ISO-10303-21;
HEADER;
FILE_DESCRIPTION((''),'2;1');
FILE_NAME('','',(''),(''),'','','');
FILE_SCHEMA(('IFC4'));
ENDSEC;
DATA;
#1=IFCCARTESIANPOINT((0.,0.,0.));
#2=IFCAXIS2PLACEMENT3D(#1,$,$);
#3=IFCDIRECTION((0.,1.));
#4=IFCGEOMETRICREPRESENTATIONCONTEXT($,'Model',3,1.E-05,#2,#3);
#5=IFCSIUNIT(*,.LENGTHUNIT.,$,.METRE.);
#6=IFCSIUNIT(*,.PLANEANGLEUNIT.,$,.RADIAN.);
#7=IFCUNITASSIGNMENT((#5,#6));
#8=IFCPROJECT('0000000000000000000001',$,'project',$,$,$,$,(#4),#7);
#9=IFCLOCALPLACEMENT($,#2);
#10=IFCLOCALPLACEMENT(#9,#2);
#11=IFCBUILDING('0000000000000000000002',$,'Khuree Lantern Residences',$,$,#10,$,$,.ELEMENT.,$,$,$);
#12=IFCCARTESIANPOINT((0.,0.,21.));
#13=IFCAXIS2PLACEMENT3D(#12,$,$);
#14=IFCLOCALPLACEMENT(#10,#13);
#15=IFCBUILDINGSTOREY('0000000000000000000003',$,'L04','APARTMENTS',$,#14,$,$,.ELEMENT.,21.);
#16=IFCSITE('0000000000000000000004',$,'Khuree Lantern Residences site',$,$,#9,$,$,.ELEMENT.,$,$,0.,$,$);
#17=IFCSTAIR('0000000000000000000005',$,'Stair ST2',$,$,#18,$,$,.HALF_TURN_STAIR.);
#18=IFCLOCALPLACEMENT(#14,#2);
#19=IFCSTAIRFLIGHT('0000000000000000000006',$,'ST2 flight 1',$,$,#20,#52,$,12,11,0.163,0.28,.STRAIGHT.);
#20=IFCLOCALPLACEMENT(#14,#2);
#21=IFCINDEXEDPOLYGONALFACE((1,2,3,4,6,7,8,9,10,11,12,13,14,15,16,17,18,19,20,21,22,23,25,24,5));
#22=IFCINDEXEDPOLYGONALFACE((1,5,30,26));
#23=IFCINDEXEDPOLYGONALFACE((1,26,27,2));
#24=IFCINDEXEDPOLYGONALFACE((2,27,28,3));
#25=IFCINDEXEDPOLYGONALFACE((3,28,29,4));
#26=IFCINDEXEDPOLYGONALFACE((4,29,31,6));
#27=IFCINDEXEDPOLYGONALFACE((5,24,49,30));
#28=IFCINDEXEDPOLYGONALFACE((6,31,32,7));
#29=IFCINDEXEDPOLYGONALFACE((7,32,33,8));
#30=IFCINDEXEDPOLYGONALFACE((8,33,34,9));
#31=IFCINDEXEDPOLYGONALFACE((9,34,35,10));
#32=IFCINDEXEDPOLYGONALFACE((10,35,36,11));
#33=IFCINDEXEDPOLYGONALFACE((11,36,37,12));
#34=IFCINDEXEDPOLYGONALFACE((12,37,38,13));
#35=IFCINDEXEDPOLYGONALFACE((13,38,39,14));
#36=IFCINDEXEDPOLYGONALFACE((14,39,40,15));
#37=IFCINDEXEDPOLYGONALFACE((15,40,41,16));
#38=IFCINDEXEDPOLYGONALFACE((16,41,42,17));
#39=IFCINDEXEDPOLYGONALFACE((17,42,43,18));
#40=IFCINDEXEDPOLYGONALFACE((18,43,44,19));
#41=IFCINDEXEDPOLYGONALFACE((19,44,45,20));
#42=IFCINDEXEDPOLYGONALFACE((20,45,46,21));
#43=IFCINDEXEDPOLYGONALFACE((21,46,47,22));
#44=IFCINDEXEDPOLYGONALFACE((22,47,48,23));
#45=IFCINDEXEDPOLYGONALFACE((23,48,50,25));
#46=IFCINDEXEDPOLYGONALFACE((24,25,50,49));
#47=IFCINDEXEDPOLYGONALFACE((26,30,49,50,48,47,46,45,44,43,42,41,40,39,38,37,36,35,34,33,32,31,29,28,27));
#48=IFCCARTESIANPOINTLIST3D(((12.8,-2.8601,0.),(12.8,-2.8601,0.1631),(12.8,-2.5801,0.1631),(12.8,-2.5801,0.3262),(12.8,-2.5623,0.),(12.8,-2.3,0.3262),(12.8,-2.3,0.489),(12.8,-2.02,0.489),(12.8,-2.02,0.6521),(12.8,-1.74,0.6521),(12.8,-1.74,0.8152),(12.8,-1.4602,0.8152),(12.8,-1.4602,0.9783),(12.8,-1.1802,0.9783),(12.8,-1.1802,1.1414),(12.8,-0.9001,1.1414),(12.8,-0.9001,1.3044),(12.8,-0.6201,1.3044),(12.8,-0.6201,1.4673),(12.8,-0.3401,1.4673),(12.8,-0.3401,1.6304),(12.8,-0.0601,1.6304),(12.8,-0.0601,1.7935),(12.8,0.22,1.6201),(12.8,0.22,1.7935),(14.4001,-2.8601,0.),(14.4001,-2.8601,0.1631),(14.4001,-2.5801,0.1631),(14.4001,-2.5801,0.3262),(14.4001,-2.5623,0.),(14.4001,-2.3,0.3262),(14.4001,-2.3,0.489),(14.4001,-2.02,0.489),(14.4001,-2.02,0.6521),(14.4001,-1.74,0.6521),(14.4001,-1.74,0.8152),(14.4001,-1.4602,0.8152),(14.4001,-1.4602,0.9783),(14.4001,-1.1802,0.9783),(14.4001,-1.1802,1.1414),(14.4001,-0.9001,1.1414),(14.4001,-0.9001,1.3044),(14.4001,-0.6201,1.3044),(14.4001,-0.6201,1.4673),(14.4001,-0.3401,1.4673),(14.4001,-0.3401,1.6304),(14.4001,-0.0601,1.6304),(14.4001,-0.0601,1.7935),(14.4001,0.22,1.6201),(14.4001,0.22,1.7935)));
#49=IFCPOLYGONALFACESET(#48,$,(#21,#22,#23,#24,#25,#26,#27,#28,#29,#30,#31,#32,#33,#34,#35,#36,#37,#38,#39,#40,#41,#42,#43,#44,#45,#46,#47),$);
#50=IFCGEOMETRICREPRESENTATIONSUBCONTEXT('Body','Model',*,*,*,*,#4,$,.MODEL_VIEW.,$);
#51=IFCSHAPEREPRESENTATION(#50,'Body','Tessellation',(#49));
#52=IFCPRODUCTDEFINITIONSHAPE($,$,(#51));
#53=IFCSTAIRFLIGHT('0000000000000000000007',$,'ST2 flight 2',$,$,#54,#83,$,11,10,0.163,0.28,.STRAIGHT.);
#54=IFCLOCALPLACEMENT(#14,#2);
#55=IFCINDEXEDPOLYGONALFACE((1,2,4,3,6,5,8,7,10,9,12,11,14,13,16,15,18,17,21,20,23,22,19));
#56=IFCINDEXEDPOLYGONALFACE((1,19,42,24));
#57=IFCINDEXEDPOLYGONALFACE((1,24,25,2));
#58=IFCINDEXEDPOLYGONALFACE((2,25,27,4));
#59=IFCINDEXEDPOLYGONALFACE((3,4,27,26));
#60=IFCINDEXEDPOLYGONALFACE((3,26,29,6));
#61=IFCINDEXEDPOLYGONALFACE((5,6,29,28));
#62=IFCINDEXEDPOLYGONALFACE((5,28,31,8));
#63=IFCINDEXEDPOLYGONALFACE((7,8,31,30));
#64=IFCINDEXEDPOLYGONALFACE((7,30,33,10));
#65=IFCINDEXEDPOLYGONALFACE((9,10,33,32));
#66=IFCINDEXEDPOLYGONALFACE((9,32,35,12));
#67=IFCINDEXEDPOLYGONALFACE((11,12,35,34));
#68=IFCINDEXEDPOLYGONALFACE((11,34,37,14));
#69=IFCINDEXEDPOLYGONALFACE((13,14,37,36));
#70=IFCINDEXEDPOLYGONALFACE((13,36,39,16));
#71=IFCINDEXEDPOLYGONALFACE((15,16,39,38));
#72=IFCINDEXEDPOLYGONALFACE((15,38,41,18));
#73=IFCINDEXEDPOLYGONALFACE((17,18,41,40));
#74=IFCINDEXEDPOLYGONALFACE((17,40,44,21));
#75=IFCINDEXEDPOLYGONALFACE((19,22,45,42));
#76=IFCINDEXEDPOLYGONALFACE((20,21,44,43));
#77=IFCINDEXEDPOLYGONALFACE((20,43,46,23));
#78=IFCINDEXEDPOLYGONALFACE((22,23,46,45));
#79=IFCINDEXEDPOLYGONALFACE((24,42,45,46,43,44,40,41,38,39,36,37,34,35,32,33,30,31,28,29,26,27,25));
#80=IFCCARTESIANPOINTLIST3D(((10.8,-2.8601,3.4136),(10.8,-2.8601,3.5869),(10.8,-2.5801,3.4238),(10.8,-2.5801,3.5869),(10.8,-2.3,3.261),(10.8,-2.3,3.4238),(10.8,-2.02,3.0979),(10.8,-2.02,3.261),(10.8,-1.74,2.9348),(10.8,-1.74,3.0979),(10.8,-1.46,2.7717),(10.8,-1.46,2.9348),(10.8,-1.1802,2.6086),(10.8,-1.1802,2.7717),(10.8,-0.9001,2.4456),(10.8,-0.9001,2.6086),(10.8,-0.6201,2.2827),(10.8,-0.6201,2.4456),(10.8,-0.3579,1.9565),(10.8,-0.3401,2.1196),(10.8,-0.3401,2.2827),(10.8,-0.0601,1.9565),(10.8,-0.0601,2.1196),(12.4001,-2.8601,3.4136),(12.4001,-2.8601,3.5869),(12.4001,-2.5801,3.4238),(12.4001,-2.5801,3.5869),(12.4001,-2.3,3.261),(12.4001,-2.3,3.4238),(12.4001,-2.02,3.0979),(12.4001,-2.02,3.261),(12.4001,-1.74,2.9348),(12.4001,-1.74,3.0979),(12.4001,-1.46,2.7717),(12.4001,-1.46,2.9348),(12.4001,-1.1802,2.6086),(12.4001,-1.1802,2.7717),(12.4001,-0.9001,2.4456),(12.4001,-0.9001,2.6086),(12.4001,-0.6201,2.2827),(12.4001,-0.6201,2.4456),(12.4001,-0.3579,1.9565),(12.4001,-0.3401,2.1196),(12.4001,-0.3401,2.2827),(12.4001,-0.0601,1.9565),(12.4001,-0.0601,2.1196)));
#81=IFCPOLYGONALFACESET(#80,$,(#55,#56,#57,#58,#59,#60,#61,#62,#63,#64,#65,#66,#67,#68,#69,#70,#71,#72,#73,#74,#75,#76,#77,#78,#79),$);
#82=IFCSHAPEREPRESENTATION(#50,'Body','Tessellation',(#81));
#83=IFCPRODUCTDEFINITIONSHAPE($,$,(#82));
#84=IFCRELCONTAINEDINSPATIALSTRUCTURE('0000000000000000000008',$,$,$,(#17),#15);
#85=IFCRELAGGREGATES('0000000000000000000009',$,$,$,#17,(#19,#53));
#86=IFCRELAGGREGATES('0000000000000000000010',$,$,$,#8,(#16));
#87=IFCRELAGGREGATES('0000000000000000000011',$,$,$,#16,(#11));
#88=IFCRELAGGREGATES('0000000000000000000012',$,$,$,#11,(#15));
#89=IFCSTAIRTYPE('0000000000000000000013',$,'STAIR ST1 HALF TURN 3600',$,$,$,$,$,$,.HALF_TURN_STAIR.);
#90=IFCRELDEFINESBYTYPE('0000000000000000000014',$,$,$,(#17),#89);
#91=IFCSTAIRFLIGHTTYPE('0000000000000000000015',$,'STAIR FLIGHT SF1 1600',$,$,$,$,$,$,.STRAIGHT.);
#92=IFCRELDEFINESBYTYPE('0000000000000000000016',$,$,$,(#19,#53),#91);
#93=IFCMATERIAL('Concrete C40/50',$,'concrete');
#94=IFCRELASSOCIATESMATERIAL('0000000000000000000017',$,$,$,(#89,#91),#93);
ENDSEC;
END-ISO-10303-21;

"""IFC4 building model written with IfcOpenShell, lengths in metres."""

from ifc_helpers import new_model, si_unit, direction, frame, origin, place, context, subcontext, project, spatial, polyline, outline, extrude, material, type_object, element, aggregate, save


model = new_model("IFC4")

# Units and contexts
model_context = context("Model", 3, precision=1e-05, world=origin(), true_north=direction((0.0, 1.0)))
body_context = subcontext(model_context, "Body", "Model", "MODEL_VIEW")
ifc_project = project(units=[si_unit("LENGTHUNIT", "METRE"), si_unit("PLANEANGLEUNIT", "RADIAN")], contexts=[model_context])

# Site, building, storey
site_placement = place(None, origin())
site = spatial("IfcSite", under=ifc_project, at=site_placement, Name="Khuree Lantern Residences site", CompositionType="ELEMENT", RefElevation=0.0)
building_placement = place(site_placement, origin())
building = spatial("IfcBuilding", under=site, at=building_placement, Name="Khuree Lantern Residences", CompositionType="ELEMENT")
storey_placement = place(building_placement, frame((0.0, 0.0, 21.0)))
storey = spatial("IfcBuildingStorey", under=building, at=storey_placement, Name="L04", Description="APARTMENTS", CompositionType="ELEMENT", Elevation=21.0)

# Stair, stair flights
ifc_material_1 = material(Name="Concrete C40/50", Category="concrete")
stair_type = type_object("IfcStairType", Name="STAIR ST1 HALF TURN 3600", PredefinedType="HALF_TURN_STAIR", material=ifc_material_1)
stair_placement = place(storey_placement, origin())
stair = element("IfcStair", 1, at=stair_placement, inside=storey, type_object=stair_type, Name="Stair ST2", PredefinedType="HALF_TURN_STAIR")
stair_flight_type = type_object("IfcStairFlightType", Name="STAIR FLIGHT SF1 1600", PredefinedType="STRAIGHT", material=ifc_material_1)
stair_flight_1_placement = place(storey_placement, frame((13.6001, -2.8601, 0.0), z_axis=(0.0, 0.0, 1.0), x_axis=(0.0, 1.0, 0.0)))
stair_flight_1 = element("IfcStairFlight", 2, at=stair_flight_1_placement, type_object=stair_flight_type, Name="ST2 flight 1", NumberOfRisers=12, NumberOfTreads=11, PredefinedType="STRAIGHT", RiserHeight=0.163, TreadLength=0.28, context=body_context, shape_type="SweptSolid", body=[
    extrude(outline(polyline([(0.0, 0.0), (0.0, 0.1631), (0.28, 0.1631), (0.28, 0.3262), (0.5601, 0.3262), (0.5601, 0.489), (0.8401, 0.489), (0.8401, 0.6521), (1.1201, 0.6521), (1.1201, 0.8152), (1.3999, 0.8152), (1.3999, 0.9783), (1.6799, 0.9783), (1.6799, 1.1414), (1.96, 1.1414), (1.96, 1.3044), (2.24, 1.3044), (2.24, 1.4673), (2.52, 1.4673), (2.52, 1.6304), (2.8, 1.6304), (2.8, 1.7935), (3.0801, 1.7935), (3.0801, 1.9565), (3.0801, 1.6201), (0.2979, 0.0), (0.0, 0.0)])), frame((0.0, 0.8, 0.0), z_axis=(0.0, -1.0, 0.0), x_axis=(1.0, 0.0, 0.0)), (0.0, 0.0, 1.0), 1.6001),
])
stair_flight_2_placement = place(storey_placement, frame((11.6001, -0.0601, 1.9565), z_axis=(0.0, 0.0, 1.0), x_axis=(0.0, -1.0, 0.0)))
stair_flight_2 = element("IfcStairFlight", 3, at=stair_flight_2_placement, type_object=stair_flight_type, Name="ST2 flight 2", NumberOfRisers=11, NumberOfTreads=10, PredefinedType="STRAIGHT", RiserHeight=0.163, TreadLength=0.28, context=body_context, shape_type="SweptSolid", body=[
    extrude(outline(polyline([(0.0, 0.0), (0.0, 0.1631), (0.28, 0.1631), (0.28, 0.3262), (0.5601, 0.3262), (0.5601, 0.489), (0.8401, 0.489), (0.8401, 0.6521), (1.1201, 0.6521), (1.1201, 0.8152), (1.3999, 0.8152), (1.3999, 0.9783), (1.6799, 0.9783), (1.6799, 1.1414), (1.96, 1.1414), (1.96, 1.3044), (2.24, 1.3044), (2.24, 1.4673), (2.52, 1.4673), (2.52, 1.6304), (2.8, 1.6304), (2.8, 1.7935), (2.8, 1.457), (0.2979, 0.0), (0.0, 0.0)])), frame((0.0, 0.8, 0.0), z_axis=(0.0, -1.0, 0.0), x_axis=(1.0, 0.0, 0.0)), (0.0, 0.0, 1.0), 1.6001),
])
aggregate(stair, [stair_flight_1, stair_flight_2])

save(model, "model.ifc")
